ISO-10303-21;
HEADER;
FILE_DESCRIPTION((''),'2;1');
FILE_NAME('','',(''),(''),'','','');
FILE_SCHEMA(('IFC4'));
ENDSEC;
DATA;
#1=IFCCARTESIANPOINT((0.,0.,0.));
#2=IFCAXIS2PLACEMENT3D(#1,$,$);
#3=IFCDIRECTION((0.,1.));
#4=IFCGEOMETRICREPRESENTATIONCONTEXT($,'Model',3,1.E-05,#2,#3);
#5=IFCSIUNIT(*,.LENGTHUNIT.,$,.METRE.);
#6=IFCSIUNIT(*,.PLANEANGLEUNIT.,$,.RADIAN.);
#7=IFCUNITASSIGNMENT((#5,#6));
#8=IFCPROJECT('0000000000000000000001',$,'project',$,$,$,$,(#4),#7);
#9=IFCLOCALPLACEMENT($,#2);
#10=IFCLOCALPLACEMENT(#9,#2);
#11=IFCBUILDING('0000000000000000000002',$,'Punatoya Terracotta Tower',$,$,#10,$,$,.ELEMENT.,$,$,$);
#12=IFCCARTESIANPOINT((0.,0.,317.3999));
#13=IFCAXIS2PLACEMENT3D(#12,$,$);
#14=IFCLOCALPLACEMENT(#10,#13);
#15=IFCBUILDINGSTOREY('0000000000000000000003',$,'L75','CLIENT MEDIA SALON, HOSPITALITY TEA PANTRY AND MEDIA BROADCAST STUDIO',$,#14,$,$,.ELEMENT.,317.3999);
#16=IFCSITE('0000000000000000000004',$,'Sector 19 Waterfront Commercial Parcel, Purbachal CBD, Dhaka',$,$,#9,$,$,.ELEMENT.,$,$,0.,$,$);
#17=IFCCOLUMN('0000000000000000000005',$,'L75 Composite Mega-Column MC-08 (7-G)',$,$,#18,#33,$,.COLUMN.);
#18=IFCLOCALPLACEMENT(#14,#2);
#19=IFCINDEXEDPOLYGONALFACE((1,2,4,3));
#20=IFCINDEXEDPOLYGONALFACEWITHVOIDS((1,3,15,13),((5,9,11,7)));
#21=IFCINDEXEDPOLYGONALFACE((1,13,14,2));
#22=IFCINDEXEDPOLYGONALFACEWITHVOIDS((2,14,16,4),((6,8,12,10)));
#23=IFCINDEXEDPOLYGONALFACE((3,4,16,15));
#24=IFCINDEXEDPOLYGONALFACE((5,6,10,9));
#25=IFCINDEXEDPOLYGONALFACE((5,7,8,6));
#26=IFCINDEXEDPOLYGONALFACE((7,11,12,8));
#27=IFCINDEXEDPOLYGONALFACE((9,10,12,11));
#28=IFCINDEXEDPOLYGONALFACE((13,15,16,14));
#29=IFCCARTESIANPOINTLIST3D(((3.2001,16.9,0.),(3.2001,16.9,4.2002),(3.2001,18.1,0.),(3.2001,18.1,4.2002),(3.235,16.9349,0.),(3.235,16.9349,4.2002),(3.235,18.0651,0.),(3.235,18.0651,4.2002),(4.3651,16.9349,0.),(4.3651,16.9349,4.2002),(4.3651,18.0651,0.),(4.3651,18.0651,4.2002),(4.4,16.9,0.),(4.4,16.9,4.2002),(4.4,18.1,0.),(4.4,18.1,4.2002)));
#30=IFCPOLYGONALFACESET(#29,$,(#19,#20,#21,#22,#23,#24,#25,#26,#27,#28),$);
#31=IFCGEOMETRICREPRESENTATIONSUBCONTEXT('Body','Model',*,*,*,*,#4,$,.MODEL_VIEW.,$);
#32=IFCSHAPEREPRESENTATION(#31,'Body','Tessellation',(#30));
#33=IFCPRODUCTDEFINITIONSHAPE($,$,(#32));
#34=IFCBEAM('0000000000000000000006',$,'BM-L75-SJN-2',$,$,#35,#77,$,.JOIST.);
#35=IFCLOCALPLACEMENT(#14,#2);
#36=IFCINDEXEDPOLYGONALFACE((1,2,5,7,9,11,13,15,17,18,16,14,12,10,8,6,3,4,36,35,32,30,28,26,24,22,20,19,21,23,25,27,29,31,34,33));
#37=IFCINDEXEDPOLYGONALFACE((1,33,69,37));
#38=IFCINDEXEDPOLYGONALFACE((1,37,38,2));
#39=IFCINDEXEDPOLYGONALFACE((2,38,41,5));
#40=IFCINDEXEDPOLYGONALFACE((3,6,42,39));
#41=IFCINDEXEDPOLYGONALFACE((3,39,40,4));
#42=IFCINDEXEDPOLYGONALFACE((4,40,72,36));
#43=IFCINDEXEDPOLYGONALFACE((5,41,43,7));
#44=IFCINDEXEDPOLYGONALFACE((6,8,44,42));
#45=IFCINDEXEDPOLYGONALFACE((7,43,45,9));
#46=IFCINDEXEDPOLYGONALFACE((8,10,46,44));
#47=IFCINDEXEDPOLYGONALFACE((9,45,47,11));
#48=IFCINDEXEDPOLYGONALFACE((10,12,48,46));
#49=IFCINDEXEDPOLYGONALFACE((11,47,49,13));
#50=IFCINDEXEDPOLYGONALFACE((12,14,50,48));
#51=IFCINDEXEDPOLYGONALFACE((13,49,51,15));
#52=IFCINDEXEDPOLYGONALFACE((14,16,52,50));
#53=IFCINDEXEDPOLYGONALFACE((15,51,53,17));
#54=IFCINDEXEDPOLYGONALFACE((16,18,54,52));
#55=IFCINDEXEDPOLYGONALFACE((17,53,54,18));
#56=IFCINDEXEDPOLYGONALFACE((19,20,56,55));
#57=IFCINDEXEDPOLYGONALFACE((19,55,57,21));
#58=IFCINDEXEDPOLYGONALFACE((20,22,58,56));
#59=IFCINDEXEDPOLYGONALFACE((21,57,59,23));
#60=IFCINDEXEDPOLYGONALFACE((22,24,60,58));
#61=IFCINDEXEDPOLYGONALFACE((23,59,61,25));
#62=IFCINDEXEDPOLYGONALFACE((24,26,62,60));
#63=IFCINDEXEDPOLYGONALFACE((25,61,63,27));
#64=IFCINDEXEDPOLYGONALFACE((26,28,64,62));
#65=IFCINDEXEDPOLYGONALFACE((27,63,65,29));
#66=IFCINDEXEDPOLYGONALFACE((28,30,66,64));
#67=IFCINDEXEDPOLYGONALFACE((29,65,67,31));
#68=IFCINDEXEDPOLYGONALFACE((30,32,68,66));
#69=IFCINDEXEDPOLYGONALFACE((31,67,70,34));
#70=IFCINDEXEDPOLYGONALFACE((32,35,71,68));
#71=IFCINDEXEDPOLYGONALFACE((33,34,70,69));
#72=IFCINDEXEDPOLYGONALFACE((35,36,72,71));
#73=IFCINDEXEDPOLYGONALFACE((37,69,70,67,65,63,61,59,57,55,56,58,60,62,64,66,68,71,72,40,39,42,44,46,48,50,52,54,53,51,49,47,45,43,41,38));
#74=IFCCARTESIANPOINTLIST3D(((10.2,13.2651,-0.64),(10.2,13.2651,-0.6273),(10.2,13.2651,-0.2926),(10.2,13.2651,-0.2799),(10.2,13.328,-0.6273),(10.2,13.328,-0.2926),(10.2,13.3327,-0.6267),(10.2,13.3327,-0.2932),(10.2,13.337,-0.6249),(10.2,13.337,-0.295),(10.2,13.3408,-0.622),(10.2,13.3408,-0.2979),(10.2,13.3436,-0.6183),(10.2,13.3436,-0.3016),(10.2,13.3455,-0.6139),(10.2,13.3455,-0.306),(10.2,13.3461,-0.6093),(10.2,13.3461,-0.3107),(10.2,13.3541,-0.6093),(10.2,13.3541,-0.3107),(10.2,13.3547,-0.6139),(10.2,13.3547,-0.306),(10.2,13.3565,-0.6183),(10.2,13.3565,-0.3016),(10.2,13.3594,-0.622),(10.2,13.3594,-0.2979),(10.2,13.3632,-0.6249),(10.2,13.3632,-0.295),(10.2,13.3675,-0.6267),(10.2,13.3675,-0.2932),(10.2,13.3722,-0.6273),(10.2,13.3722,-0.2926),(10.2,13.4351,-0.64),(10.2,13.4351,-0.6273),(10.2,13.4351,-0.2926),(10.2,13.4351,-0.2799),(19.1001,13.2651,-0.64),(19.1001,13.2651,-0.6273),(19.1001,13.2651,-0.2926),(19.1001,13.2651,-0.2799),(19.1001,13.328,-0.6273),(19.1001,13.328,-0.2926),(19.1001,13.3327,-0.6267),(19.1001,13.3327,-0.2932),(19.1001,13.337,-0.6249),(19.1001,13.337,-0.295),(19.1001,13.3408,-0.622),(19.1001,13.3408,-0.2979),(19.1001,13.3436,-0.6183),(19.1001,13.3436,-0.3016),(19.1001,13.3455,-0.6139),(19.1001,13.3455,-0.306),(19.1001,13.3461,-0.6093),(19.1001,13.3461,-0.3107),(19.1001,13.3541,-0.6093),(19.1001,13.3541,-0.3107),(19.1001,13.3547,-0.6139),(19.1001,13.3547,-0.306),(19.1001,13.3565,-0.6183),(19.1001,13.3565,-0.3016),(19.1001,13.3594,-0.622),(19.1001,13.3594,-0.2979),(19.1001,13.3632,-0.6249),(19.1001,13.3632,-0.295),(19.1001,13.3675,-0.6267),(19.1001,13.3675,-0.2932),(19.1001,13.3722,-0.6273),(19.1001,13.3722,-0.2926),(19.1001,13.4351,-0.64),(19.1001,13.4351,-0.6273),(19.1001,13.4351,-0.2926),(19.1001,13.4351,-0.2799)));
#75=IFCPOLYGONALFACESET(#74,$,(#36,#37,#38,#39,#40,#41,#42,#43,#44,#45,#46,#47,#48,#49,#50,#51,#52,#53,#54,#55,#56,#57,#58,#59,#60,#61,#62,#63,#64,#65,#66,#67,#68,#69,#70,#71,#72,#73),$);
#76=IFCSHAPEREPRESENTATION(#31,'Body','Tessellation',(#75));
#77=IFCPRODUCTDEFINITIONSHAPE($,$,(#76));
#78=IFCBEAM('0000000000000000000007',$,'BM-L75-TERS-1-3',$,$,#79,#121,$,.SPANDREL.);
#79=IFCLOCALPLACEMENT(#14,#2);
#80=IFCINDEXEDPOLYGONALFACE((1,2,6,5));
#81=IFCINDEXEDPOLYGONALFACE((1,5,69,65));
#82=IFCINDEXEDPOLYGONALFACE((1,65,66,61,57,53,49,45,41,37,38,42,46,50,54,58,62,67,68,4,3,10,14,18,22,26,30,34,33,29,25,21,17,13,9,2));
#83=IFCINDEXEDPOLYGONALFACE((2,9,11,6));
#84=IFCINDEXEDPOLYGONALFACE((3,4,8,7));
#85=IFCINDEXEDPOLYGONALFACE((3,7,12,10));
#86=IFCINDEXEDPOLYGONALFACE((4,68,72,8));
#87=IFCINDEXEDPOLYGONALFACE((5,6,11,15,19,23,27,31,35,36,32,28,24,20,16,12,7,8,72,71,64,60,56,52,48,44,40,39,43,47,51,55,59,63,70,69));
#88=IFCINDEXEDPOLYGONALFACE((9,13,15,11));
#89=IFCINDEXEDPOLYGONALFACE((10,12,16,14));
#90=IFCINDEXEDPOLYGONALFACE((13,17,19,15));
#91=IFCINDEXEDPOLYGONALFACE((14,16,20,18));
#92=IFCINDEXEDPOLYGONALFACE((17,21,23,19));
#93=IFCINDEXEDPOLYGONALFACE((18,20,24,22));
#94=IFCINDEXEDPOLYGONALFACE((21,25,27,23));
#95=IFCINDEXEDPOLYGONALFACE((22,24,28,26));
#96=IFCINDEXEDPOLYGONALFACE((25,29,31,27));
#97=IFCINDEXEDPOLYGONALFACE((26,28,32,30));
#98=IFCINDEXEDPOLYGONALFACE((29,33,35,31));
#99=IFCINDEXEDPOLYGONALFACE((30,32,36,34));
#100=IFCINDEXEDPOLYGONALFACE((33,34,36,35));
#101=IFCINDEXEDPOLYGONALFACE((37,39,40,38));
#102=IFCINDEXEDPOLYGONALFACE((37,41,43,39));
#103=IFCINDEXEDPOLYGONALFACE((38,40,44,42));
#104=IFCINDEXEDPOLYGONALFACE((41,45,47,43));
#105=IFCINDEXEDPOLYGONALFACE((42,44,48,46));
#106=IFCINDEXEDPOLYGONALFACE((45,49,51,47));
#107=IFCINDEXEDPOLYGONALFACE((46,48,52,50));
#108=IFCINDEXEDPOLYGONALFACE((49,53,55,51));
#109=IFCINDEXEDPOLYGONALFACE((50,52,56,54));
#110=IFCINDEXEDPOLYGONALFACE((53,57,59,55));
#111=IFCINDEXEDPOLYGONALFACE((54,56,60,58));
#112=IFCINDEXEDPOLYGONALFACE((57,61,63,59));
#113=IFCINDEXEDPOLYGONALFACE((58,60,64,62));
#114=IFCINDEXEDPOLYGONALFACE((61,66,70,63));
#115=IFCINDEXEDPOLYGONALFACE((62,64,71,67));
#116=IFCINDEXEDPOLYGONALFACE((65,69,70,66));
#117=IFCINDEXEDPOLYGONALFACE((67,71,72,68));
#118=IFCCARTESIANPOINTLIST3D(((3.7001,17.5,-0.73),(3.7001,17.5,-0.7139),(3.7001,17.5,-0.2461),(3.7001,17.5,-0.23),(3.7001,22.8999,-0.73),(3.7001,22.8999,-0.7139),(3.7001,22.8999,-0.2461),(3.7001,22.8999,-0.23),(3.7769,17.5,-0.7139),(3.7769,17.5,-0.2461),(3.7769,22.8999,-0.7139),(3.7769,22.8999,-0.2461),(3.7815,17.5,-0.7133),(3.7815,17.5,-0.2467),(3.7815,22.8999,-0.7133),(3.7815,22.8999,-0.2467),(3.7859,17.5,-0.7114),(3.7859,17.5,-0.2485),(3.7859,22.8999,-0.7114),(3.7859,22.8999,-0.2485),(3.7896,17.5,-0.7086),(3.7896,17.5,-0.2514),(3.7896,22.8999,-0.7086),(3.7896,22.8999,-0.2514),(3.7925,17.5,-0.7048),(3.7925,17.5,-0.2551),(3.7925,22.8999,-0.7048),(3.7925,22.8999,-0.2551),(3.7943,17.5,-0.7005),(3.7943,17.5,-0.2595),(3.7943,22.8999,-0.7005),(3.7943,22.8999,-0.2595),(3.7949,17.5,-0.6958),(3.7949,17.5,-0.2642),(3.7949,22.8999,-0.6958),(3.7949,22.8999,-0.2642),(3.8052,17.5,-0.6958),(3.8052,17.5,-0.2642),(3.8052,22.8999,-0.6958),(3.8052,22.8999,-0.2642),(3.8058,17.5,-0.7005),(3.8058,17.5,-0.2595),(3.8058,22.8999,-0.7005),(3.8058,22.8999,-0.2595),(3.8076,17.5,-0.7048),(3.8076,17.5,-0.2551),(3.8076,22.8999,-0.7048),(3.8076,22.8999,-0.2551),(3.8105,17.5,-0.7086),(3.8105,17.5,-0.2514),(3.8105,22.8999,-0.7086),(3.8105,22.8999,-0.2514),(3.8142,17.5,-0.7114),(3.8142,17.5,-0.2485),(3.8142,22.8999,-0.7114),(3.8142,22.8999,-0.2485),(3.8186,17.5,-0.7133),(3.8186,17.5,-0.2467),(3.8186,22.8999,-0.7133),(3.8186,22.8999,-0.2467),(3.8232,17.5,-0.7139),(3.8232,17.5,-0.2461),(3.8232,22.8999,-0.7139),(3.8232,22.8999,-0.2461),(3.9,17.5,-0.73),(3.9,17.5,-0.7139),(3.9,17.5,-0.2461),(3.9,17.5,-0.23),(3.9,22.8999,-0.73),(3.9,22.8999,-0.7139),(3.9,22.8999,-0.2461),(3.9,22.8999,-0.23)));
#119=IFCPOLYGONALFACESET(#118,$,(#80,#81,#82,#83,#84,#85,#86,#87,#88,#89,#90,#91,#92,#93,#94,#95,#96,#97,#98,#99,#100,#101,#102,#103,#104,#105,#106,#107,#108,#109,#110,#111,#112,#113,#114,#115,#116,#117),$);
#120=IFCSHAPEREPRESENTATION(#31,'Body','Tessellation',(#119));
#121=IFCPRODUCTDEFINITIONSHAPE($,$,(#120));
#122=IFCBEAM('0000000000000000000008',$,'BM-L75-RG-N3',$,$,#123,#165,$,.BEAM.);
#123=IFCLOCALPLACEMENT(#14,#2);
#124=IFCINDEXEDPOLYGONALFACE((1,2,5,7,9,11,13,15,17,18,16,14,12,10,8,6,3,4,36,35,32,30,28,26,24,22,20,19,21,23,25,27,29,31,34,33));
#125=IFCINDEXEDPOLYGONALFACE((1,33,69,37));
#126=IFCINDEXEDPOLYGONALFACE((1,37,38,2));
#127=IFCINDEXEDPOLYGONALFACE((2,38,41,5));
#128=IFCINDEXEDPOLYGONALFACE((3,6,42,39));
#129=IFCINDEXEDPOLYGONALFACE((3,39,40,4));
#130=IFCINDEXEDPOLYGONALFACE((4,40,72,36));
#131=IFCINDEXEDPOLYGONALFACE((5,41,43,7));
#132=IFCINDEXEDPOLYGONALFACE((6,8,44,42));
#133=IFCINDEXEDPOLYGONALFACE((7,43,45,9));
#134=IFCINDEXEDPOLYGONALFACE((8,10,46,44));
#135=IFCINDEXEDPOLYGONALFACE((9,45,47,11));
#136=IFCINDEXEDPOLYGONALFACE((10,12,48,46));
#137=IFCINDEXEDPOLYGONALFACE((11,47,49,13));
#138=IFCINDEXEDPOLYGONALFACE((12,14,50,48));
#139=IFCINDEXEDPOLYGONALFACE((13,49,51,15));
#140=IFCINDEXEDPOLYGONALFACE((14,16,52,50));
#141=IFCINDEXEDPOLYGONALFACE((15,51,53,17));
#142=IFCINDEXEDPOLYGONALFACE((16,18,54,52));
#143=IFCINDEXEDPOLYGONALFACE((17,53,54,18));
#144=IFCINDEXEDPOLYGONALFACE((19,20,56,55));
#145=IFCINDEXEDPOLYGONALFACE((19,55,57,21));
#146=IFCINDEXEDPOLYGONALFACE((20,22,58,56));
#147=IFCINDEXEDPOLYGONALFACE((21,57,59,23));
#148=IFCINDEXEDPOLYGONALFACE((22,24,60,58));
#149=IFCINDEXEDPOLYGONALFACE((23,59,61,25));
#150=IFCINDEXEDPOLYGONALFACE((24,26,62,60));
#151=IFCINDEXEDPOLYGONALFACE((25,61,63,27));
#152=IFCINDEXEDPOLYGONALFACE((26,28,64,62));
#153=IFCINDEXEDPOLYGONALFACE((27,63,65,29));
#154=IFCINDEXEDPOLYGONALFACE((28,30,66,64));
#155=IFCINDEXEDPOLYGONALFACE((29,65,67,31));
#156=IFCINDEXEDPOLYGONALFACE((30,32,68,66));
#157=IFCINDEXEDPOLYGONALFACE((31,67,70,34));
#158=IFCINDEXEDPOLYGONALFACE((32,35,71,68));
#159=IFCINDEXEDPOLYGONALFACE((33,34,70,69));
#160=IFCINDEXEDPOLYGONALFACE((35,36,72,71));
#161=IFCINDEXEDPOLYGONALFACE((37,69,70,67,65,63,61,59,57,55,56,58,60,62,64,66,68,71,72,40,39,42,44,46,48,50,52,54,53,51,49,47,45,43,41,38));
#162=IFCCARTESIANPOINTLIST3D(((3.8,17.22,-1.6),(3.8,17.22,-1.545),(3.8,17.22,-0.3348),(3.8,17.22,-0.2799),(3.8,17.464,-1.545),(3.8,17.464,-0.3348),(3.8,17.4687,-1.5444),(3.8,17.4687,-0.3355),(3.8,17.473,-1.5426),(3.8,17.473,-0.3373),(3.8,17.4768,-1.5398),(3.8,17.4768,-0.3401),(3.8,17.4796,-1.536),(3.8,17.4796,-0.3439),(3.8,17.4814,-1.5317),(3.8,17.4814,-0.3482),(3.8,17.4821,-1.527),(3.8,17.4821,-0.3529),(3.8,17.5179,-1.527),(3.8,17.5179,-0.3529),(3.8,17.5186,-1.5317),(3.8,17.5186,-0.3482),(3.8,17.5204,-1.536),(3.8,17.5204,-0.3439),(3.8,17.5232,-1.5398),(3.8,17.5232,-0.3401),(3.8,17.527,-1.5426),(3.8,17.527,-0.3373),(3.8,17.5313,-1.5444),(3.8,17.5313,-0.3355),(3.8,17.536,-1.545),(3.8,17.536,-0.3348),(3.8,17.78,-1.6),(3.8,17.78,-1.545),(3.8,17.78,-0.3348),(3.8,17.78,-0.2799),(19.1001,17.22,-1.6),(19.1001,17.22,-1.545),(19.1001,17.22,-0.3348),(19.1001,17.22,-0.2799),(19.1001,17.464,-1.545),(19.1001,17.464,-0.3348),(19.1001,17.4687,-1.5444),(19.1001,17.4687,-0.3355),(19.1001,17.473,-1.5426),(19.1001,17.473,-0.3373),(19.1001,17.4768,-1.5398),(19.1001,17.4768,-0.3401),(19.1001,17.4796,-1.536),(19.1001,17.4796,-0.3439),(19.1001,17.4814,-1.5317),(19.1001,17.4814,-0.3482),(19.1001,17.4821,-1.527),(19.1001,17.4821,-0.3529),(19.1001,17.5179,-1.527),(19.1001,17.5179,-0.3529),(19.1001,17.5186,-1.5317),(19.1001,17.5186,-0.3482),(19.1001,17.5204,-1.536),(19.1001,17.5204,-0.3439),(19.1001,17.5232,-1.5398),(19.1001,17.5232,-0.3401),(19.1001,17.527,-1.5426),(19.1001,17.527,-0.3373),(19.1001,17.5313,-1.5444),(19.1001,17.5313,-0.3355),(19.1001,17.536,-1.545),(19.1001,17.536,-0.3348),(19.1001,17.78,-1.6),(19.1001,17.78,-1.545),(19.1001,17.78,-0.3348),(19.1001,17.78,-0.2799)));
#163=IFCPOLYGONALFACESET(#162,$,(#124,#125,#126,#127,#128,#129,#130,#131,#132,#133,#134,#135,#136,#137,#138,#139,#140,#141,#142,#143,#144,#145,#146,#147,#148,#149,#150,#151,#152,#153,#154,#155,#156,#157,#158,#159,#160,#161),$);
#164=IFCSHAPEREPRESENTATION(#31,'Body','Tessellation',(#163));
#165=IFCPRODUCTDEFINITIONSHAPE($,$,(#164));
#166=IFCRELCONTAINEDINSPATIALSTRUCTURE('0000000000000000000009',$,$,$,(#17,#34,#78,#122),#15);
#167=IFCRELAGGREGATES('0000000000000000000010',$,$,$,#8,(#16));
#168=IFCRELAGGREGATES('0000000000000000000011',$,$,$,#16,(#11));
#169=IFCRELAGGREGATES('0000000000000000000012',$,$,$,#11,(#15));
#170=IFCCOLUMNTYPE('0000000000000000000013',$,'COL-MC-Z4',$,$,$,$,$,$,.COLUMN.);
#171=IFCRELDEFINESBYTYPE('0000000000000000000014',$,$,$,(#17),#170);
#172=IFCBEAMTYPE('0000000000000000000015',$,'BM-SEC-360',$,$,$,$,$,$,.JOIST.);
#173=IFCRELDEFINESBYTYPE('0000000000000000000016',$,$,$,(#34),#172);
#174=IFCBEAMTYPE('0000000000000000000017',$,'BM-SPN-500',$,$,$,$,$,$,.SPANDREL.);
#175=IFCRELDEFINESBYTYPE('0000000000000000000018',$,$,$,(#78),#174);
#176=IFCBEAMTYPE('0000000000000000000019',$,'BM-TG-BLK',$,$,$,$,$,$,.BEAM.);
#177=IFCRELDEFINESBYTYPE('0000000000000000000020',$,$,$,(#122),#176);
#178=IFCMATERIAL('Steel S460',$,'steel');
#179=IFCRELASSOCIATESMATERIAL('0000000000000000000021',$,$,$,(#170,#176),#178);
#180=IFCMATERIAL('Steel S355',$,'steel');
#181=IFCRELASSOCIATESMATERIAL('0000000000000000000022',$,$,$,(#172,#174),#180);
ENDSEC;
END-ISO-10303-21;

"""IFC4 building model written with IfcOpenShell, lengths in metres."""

from ifc_helpers import new_model, si_unit, direction, frame, origin, origin_2d, place, context, subcontext, project, spatial, hollow_rectangle, i_section, extrude, material, material_profile, profile_set, type_object, element, save


model = new_model("IFC4")

# Units and contexts
model_context = context("Model", 3, precision=1e-05, world=origin(), true_north=direction((0.0, 1.0)))
body_context = subcontext(model_context, "Body", "Model", "MODEL_VIEW")
ifc_project = project(units=[si_unit("LENGTHUNIT", "METRE"), si_unit("PLANEANGLEUNIT", "RADIAN")], contexts=[model_context])

# Site, building, storey
site_placement = place(None, origin())
site = spatial("IfcSite", under=ifc_project, at=site_placement, Name="Sector 19 Waterfront Commercial Parcel, Purbachal CBD, Dhaka", CompositionType="ELEMENT", RefElevation=0.0)
building_placement = place(site_placement, origin())
building = spatial("IfcBuilding", under=site, at=building_placement, Name="Punatoya Terracotta Tower", CompositionType="ELEMENT")
storey_placement = place(building_placement, frame((0.0, 0.0, 317.3999)))
storey = spatial("IfcBuildingStorey", under=building, at=storey_placement, Name="L75", Description="CLIENT MEDIA SALON, HOSPITALITY TEA PANTRY AND MEDIA BROADCAST STUDIO", CompositionType="ELEMENT", Elevation=317.3999)

# Column
ifc_material_1 = material(Name="Steel S460", Category="steel")
ifc_material_profile_1 = material_profile(ifc_material_1, hollow_rectangle(XDim=1.2, YDim=1.2, WallThickness=0.0349, at=origin_2d()))
ifc_profile_set_1 = profile_set([ifc_material_profile_1], Name="Steel S460")
column_type = type_object("IfcColumnType", Name="COL-MC-Z4", PredefinedType="COLUMN", material=ifc_profile_set_1)
column_placement = place(storey_placement, frame((3.8, 17.5, 0.0), z_axis=(0.0, 0.0, 1.0), x_axis=(1.0, 0.0, 0.0)))
element("IfcColumn", 1, at=column_placement, inside=storey, type_object=column_type, Name="L75 Composite Mega-Column MC-08 (7-G)", PredefinedType="COLUMN", context=body_context, shape_type="SweptSolid", body=[
    extrude(hollow_rectangle(XDim=1.2, YDim=1.2, WallThickness=0.0349, at=origin_2d()), origin(), (0.0, 0.0, 1.0), 4.2002),
])

# Beams
ifc_material_2 = material(Name="Steel S355", Category="steel")
ifc_material_profile_2 = material_profile(ifc_material_2, i_section(OverallWidth=0.1699, OverallDepth=0.3601, WebThickness=0.0081, FlangeThickness=0.0127, FilletRadius=0.0181, at=origin_2d()))
ifc_profile_set_2 = profile_set([ifc_material_profile_2], Name="Steel S355")
beam_type_1 = type_object("IfcBeamType", Name="BM-SEC-360", PredefinedType="JOIST", material=ifc_profile_set_2)
beam_1_placement = place(storey_placement, frame((10.2, 13.3501, -0.46), z_axis=(1.0, 0.0, 0.0), x_axis=(0.0, 1.0, 0.0)))
element("IfcBeam", 2, at=beam_1_placement, inside=storey, type_object=beam_type_1, Name="BM-L75-SJN-2", PredefinedType="JOIST", context=body_context, shape_type="SweptSolid", body=[
    extrude(i_section(OverallWidth=0.1699, OverallDepth=0.3601, WebThickness=0.0081, FlangeThickness=0.0127, FilletRadius=0.0181, at=origin_2d()), origin(), (0.0, 0.0, 1.0), 8.9001),
])
ifc_material_profile_3 = material_profile(ifc_material_2, i_section(OverallWidth=0.2, OverallDepth=0.5, WebThickness=0.0103, FlangeThickness=0.0161, FilletRadius=0.0181, at=origin_2d()))
ifc_profile_set_3 = profile_set([ifc_material_profile_3], Name="Steel S355")
beam_type_2 = type_object("IfcBeamType", Name="BM-SPN-500", PredefinedType="SPANDREL", material=ifc_profile_set_3)
beam_2_placement = place(storey_placement, frame((3.8, 17.5, -0.48), z_axis=(0.0, 1.0, 0.0), x_axis=(-1.0, 0.0, 0.0)))
element("IfcBeam", 3, at=beam_2_placement, inside=storey, type_object=beam_type_2, Name="BM-L75-TERS-1-3", PredefinedType="SPANDREL", context=body_context, shape_type="SweptSolid", body=[
    extrude(i_section(OverallWidth=0.2, OverallDepth=0.5, WebThickness=0.0103, FlangeThickness=0.0161, FilletRadius=0.0181, at=origin_2d()), origin(), (0.0, 0.0, 1.0), 5.3999),
])
ifc_material_profile_4 = material_profile(ifc_material_1, i_section(OverallWidth=0.5601, OverallDepth=1.3201, WebThickness=0.0359, FlangeThickness=0.0549, FilletRadius=0.0181, at=origin_2d()))
ifc_profile_set_4 = profile_set([ifc_material_profile_4], Name="Steel S460")
beam_type_3 = type_object("IfcBeamType", Name="BM-TG-BLK", PredefinedType="BEAM", material=ifc_profile_set_4)
beam_3_placement = place(storey_placement, frame((3.8, 17.5, -0.9399), z_axis=(1.0, 0.0, 0.0), x_axis=(0.0, 1.0, 0.0)))
element("IfcBeam", 4, at=beam_3_placement, inside=storey, type_object=beam_type_3, Name="BM-L75-RG-N3", PredefinedType="BEAM", context=body_context, shape_type="SweptSolid", body=[
    extrude(i_section(OverallWidth=0.5601, OverallDepth=1.3201, WebThickness=0.0359, FlangeThickness=0.0549, FilletRadius=0.0181, at=origin_2d()), origin(), (0.0, 0.0, 1.0), 15.3),
])

save(model, "model.ifc")
